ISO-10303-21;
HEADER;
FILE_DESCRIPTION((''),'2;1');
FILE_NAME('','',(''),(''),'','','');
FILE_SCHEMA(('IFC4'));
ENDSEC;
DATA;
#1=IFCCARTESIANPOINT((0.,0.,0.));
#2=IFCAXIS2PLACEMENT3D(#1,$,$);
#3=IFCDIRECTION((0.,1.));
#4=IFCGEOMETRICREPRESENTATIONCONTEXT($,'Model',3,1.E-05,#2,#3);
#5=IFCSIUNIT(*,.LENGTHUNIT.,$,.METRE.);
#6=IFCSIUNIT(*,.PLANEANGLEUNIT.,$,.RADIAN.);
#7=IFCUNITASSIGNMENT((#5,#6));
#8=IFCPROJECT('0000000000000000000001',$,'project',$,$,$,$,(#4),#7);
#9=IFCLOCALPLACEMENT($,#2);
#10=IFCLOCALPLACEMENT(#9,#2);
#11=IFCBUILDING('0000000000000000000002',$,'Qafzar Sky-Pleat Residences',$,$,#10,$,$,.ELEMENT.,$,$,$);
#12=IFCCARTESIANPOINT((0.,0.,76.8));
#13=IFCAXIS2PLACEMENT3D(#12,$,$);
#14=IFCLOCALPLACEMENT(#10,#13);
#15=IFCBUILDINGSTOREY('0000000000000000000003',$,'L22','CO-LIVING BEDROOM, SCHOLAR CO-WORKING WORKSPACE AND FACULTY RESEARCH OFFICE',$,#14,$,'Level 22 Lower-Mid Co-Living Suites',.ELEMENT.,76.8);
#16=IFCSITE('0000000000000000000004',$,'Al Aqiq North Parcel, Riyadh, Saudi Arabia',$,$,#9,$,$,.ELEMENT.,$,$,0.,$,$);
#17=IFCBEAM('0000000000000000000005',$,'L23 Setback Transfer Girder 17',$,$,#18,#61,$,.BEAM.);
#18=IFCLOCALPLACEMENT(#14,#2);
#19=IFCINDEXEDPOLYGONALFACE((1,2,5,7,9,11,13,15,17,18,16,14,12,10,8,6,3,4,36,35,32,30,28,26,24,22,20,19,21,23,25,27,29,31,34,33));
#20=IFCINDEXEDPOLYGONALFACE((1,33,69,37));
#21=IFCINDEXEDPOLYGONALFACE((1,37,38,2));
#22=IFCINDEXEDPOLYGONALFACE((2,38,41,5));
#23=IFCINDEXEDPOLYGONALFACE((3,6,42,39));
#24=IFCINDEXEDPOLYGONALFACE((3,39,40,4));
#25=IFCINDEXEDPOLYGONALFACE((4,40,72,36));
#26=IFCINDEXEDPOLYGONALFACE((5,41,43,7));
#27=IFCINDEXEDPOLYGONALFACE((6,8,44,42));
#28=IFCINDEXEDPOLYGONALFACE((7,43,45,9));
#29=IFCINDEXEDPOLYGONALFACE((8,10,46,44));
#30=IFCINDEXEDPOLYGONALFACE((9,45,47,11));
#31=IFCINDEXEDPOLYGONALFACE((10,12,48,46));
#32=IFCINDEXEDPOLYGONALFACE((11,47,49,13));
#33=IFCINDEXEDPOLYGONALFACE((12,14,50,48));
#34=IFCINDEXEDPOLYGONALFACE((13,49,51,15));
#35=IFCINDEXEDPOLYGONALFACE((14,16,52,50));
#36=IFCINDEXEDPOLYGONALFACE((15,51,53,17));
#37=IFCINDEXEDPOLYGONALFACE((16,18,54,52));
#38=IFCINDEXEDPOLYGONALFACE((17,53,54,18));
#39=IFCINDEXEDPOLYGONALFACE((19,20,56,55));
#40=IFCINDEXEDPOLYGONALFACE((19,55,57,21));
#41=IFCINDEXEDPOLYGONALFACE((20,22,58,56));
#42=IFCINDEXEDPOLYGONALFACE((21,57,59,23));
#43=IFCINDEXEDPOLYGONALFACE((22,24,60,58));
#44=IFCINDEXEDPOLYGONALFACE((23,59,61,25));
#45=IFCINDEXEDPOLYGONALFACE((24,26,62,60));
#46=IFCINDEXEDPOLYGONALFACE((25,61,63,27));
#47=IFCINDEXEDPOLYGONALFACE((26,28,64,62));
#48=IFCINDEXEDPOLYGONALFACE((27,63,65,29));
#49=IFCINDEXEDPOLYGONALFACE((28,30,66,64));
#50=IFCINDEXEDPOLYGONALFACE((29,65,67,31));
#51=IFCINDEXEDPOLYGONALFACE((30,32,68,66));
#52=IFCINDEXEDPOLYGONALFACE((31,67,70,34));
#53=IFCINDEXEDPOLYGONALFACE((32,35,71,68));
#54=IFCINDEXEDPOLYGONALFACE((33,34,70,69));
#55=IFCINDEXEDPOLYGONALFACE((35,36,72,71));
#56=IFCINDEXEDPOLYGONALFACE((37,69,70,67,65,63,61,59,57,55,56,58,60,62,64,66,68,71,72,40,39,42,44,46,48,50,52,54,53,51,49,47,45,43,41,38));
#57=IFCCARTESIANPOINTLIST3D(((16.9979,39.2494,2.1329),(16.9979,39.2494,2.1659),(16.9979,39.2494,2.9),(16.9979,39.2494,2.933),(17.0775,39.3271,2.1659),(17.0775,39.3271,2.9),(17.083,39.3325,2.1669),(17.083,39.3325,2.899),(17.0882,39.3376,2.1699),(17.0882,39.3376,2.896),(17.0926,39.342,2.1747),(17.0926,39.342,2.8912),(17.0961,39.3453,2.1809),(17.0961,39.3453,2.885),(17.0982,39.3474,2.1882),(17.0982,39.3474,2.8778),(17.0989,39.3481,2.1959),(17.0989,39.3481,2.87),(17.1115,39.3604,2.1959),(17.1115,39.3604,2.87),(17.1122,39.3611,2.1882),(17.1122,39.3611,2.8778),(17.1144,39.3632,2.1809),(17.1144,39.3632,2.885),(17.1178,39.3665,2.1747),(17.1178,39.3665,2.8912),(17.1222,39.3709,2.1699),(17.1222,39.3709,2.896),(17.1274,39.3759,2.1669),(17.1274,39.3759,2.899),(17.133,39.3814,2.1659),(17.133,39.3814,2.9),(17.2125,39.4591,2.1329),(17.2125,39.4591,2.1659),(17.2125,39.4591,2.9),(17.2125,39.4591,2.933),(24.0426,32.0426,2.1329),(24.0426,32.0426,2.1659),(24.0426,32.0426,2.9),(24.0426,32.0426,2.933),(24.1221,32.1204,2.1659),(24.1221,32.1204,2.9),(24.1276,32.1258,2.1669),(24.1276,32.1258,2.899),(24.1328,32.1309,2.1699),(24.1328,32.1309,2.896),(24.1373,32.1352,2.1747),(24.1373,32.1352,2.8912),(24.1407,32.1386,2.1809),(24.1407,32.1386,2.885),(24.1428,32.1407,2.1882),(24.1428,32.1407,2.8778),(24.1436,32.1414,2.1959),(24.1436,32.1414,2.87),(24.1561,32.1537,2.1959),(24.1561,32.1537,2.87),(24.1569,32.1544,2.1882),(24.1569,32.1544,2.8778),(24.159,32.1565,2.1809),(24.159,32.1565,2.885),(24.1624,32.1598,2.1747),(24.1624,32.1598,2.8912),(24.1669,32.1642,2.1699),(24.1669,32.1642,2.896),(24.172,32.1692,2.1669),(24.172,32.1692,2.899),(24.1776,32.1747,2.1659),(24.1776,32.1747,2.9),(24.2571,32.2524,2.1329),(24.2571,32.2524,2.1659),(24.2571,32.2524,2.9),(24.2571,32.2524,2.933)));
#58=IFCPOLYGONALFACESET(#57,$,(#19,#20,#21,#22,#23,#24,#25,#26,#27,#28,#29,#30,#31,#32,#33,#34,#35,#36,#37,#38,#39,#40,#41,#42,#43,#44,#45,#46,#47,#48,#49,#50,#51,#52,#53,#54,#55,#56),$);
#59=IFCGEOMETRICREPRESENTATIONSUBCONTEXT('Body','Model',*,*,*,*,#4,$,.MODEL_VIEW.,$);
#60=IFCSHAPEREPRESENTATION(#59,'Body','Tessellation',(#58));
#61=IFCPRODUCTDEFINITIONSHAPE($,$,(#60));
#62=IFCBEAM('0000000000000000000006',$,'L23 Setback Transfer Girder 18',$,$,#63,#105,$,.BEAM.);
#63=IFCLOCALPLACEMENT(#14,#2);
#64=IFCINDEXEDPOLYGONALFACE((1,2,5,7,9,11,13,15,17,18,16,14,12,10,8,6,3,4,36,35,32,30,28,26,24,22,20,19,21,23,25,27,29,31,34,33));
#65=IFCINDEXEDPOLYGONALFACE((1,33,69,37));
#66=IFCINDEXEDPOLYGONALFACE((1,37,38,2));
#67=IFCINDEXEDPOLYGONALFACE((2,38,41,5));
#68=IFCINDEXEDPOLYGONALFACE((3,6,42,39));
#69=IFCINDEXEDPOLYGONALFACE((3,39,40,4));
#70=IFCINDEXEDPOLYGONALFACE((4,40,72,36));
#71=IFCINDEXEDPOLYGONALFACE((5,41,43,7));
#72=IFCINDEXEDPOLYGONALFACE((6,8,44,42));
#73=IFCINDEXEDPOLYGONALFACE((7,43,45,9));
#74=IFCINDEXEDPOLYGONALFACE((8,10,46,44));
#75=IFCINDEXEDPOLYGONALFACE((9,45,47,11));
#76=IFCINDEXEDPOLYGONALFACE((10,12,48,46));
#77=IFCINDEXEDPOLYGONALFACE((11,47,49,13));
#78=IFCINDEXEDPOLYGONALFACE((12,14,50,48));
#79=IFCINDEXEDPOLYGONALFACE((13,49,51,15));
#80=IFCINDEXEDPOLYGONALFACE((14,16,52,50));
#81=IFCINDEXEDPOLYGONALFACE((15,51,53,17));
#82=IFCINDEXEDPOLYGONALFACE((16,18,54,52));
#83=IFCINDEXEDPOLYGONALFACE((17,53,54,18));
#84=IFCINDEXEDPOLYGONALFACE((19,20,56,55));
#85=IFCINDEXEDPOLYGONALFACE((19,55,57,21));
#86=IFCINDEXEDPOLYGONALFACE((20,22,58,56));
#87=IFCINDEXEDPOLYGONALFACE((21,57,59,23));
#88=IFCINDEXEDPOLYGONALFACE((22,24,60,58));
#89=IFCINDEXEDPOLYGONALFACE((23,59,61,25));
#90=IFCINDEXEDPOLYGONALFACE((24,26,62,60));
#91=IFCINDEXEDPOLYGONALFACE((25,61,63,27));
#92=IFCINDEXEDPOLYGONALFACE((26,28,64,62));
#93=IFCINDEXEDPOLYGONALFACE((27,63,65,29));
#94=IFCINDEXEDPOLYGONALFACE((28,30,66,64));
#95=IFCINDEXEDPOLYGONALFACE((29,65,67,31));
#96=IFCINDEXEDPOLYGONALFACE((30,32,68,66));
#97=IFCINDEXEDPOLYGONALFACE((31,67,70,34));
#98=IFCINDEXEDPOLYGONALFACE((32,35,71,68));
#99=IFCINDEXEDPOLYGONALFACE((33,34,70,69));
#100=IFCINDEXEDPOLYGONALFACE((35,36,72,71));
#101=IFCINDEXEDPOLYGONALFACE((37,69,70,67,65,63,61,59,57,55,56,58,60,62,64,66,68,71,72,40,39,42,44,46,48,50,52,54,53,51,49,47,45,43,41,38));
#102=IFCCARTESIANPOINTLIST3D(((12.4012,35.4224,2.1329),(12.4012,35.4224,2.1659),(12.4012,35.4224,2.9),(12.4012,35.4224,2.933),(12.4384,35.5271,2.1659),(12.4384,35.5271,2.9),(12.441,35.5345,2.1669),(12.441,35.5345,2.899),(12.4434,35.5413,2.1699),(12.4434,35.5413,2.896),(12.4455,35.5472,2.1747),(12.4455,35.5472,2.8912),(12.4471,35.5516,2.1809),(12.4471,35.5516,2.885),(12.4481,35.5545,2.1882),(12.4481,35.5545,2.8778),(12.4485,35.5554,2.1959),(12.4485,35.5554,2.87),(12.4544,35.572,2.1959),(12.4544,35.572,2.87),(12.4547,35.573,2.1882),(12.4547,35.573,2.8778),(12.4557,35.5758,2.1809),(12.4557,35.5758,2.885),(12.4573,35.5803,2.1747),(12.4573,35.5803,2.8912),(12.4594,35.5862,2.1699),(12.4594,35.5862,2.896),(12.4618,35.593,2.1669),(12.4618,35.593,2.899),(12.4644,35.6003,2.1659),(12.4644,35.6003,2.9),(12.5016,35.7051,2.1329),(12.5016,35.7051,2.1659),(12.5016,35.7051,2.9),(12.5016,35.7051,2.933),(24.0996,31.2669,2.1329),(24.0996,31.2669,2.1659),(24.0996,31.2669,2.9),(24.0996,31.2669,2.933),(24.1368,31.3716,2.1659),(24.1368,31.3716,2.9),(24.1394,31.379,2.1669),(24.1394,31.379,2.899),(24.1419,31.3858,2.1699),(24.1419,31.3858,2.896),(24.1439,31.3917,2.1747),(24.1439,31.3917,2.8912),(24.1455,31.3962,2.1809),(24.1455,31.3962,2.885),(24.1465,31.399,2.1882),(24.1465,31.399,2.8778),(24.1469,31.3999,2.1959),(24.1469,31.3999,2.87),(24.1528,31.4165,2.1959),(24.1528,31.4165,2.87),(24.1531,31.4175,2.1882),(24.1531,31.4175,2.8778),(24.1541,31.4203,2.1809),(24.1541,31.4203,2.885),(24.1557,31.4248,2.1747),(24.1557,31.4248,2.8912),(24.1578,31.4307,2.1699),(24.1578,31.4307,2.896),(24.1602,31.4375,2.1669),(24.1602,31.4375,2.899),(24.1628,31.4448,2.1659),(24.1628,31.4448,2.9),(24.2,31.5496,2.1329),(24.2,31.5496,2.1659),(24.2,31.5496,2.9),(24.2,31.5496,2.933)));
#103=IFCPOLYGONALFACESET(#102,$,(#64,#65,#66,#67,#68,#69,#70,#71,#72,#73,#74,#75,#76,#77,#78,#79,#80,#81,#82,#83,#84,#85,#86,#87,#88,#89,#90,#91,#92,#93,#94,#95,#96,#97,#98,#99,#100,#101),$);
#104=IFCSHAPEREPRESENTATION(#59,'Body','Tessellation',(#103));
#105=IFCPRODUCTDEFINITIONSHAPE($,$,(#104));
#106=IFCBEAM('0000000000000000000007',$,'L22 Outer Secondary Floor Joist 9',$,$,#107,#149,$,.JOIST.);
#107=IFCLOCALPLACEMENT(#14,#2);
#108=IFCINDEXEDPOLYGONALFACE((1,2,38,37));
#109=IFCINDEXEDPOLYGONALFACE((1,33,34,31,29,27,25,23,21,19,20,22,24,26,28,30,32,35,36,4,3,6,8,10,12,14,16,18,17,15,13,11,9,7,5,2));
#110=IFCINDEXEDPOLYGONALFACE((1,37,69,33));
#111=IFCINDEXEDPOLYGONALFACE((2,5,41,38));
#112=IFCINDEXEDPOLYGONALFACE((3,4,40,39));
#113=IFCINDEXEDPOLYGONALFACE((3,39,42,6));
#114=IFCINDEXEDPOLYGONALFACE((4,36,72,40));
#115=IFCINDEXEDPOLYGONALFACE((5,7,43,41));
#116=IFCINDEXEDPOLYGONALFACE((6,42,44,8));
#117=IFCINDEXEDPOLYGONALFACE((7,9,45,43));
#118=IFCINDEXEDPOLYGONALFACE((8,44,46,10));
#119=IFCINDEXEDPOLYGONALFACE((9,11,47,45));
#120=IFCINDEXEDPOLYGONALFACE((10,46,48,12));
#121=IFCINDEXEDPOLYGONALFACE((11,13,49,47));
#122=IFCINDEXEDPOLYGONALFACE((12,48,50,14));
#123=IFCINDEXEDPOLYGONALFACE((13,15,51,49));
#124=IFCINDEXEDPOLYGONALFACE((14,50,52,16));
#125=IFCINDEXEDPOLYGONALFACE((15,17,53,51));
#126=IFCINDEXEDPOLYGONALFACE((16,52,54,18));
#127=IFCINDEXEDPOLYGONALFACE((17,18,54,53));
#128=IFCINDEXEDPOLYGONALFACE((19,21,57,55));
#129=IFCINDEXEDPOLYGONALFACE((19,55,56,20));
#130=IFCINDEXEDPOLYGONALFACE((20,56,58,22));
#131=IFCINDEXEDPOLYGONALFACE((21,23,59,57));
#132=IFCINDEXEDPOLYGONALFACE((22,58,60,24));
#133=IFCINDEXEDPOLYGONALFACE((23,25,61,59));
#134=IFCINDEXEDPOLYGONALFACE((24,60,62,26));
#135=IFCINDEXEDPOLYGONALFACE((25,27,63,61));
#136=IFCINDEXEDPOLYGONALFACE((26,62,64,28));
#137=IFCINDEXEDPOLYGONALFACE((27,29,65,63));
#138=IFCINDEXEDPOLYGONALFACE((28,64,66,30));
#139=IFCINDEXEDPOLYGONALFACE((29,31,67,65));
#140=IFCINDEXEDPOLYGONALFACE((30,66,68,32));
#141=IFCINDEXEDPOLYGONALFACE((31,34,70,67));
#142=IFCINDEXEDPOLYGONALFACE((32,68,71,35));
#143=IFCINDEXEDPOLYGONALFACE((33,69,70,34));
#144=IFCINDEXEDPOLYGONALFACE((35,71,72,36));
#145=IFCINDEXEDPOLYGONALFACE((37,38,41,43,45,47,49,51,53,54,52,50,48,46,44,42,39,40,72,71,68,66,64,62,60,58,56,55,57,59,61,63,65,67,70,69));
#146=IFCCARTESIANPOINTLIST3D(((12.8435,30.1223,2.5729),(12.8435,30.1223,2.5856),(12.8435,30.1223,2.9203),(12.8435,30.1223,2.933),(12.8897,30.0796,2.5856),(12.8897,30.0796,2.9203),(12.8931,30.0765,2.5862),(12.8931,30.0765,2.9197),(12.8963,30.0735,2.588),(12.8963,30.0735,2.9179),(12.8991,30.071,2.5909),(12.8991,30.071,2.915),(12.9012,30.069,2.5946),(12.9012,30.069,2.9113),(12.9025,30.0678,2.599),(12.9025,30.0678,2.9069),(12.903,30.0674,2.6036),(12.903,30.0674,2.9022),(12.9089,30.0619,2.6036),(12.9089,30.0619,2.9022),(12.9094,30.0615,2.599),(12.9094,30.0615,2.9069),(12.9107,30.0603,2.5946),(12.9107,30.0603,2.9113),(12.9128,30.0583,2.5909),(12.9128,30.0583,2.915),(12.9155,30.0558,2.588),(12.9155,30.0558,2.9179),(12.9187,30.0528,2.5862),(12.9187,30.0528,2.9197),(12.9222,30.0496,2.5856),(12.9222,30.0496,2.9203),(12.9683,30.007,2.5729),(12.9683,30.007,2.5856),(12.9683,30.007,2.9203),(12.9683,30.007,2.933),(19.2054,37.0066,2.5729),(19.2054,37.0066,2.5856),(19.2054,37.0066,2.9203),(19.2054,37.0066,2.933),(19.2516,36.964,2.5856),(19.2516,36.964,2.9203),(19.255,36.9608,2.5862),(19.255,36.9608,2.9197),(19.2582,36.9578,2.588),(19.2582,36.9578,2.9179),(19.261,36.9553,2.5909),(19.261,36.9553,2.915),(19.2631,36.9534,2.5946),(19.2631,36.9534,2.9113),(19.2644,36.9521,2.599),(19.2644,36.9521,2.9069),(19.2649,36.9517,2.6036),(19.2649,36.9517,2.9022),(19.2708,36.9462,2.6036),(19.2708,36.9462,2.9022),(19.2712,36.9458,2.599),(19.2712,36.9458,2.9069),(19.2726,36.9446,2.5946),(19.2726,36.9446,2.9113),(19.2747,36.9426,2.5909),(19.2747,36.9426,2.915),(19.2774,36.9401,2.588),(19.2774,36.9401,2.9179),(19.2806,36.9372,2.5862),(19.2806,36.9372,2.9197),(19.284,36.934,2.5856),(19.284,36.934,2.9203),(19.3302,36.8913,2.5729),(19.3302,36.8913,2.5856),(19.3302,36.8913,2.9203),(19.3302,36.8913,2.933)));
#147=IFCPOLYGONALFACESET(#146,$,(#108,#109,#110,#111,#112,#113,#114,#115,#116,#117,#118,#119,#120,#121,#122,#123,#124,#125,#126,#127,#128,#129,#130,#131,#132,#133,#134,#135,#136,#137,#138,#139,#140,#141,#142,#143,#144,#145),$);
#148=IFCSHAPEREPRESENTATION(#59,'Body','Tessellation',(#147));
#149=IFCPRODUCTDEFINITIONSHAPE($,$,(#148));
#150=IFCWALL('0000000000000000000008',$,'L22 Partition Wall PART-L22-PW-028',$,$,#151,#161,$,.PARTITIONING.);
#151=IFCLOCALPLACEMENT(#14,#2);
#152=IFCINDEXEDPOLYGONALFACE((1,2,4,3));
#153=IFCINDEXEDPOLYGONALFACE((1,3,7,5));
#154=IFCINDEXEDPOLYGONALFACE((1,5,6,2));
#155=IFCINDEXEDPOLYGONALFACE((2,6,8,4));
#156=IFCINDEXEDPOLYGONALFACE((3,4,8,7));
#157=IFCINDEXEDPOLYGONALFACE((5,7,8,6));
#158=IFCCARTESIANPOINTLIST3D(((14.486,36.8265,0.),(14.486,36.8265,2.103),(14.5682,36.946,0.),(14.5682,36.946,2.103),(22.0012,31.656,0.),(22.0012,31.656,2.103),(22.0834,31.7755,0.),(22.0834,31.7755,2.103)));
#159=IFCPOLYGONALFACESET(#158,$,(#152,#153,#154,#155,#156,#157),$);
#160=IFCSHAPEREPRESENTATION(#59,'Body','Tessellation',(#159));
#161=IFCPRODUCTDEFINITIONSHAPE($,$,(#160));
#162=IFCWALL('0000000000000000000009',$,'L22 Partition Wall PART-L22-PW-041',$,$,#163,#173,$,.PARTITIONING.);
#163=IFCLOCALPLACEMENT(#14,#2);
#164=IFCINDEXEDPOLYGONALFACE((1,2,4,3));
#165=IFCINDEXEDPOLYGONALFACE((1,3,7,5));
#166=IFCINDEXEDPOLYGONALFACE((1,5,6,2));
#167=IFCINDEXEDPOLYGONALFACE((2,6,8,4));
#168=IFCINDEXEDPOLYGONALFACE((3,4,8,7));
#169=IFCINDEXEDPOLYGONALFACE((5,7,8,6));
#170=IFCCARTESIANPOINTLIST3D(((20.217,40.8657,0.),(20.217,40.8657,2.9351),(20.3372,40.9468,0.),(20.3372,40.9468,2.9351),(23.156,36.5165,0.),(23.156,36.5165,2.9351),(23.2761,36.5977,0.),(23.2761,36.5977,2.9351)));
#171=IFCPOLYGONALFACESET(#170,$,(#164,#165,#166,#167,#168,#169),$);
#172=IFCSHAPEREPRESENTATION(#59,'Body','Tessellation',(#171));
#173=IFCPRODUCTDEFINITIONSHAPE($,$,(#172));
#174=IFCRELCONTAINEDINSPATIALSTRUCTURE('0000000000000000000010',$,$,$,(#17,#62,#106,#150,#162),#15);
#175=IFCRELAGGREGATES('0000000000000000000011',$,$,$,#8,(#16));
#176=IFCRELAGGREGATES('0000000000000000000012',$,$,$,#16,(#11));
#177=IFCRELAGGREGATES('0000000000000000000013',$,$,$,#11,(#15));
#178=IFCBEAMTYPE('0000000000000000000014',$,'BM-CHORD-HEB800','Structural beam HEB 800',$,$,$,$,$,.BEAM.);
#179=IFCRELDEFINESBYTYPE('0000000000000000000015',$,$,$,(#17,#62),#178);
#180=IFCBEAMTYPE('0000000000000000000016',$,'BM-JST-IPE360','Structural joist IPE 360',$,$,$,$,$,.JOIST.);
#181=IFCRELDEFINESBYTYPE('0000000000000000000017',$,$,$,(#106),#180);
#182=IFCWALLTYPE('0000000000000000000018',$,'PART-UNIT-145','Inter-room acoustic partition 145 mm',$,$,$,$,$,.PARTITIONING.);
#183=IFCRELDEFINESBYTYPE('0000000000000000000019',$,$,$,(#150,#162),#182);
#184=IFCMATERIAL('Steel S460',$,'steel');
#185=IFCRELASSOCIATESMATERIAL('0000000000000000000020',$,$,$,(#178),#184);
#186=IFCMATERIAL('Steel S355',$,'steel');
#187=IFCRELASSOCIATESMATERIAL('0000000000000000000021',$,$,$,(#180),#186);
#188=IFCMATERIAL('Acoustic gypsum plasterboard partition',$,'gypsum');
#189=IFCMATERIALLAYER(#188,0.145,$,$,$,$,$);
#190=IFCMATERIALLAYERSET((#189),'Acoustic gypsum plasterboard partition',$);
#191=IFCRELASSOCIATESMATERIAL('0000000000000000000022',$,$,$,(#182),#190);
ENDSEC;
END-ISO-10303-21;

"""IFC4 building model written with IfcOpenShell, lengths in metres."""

from ifc_helpers import new_model, si_unit, direction, frame, frame_2d, origin, origin_2d, place, context, subcontext, project, spatial, rectangle, i_section, extrude, source, transform, mapped, material, layer, layer_set, material_profile, profile_set, type_object, element, save


model = new_model("IFC4")

# Units and contexts
model_context = context("Model", 3, precision=1e-05, world=origin(), true_north=direction((0.0, 1.0)))
body_context = subcontext(model_context, "Body", "Model", "MODEL_VIEW")
ifc_project = project(units=[si_unit("LENGTHUNIT", "METRE"), si_unit("PLANEANGLEUNIT", "RADIAN")], contexts=[model_context])

# Site, building, storey
site_placement = place(None, origin())
site = spatial("IfcSite", under=ifc_project, at=site_placement, Name="Al Aqiq North Parcel, Riyadh, Saudi Arabia", CompositionType="ELEMENT", RefElevation=0.0)
building_placement = place(site_placement, origin())
building = spatial("IfcBuilding", under=site, at=building_placement, Name="Qafzar Sky-Pleat Residences", CompositionType="ELEMENT")
storey_placement = place(building_placement, frame((0.0, 0.0, 76.8)))
storey = spatial("IfcBuildingStorey", under=building, at=storey_placement, Name="L22", Description="CO-LIVING BEDROOM, SCHOLAR CO-WORKING WORKSPACE AND FACULTY RESEARCH OFFICE", LongName="Level 22 Lower-Mid Co-Living Suites", CompositionType="ELEMENT", Elevation=76.8)

# Shared definitions
ifc_material_1 = material(Name="Steel S460", Category="steel")

# Beams
ifc_material_2 = material(Name="Steel S355", Category="steel")
ifc_material_profile_1 = material_profile(ifc_material_1, i_section(OverallWidth=0.3, OverallDepth=0.8, WebThickness=0.0176, FlangeThickness=0.033, FilletRadius=0.03, at=origin_2d()), Name="HEB 800")
ifc_profile_set_1 = profile_set([ifc_material_profile_1], Name="Steel S460")
beam_type_1 = type_object("IfcBeamType", Name="BM-CHORD-HEB800", Description="Structural beam HEB 800", PredefinedType="BEAM", material=ifc_profile_set_1)
shared_shape_1 = source(origin(), body_context, "Body", "SweptSolid", [
    extrude(i_section(OverallWidth=0.3, OverallDepth=0.8, WebThickness=0.0176, FlangeThickness=0.033, FilletRadius=0.03, at=origin_2d()), origin(), (0.0, 0.0, 1.0), 10.0779),
])
beam_1_placement = place(storey_placement, frame((17.1052, 39.3542, 2.533), z_axis=(0.699018, -0.715104, 0.0), x_axis=(0.715104, 0.699018, 0.0)))
element("IfcBeam", 1, at=beam_1_placement, inside=storey, type_object=beam_type_1, Name="L23 Setback Transfer Girder 17", PredefinedType="BEAM", context=body_context, shape_type="MappedRepresentation", body=[
    mapped(shared_shape_1, transform((0.0, 0.0, 0.0), x_axis=(1.0, 0.0, 0.0), y_axis=(0.0, 1.0, 0.0), z_axis=(0.0, 0.0, 1.0), scale=1.0)),
])
shared_shape_2 = source(origin(), body_context, "Body", "SweptSolid", [
    extrude(i_section(OverallWidth=0.3, OverallDepth=0.8, WebThickness=0.0176, FlangeThickness=0.033, FilletRadius=0.03, at=origin_2d()), origin(), (0.0, 0.0, 1.0), 12.4146),
])
beam_2_placement = place(storey_placement, frame((12.4514, 35.5637, 2.533), z_axis=(0.942315, -0.334728, 0.0), x_axis=(0.334728, 0.942315, 0.0)))
element("IfcBeam", 2, at=beam_2_placement, inside=storey, type_object=beam_type_1, Name="L23 Setback Transfer Girder 18", PredefinedType="BEAM", context=body_context, shape_type="MappedRepresentation", body=[
    mapped(shared_shape_2, transform((0.0, 0.0, 0.0), x_axis=(1.0, 0.0, 0.0), y_axis=(0.0, 1.0, 0.0), z_axis=(0.0, 0.0, 1.0), scale=1.0)),
])
ifc_material_profile_2 = material_profile(ifc_material_2, i_section(OverallWidth=0.1699, OverallDepth=0.3601, WebThickness=0.0081, FlangeThickness=0.0127, FilletRadius=0.0181, at=origin_2d()), Name="IPE 360")
ifc_profile_set_2 = profile_set([ifc_material_profile_2], Name="Steel S355")
beam_type_2 = type_object("IfcBeamType", Name="BM-JST-IPE360", Description="Structural joist IPE 360", PredefinedType="JOIST", material=ifc_profile_set_2)
shared_shape_3 = source(origin(), body_context, "Body", "SweptSolid", [
    extrude(i_section(OverallWidth=0.1699, OverallDepth=0.3601, WebThickness=0.0081, FlangeThickness=0.0127, FilletRadius=0.0181, at=origin_2d()), origin(), (0.0, 0.0, 1.0), 9.3738),
])
beam_3_placement = place(storey_placement, frame((19.2678, 36.949, 2.7529), z_axis=(-0.678689, -0.734426, 0.0), x_axis=(0.734426, -0.678689, 0.0)))
element("IfcBeam", 3, at=beam_3_placement, inside=storey, type_object=beam_type_2, Name="L22 Outer Secondary Floor Joist 9", PredefinedType="JOIST", context=body_context, shape_type="MappedRepresentation", body=[
    mapped(shared_shape_3, transform((0.0, 0.0, 0.0), x_axis=(1.0, 0.0, 0.0), y_axis=(0.0, 1.0, 0.0), z_axis=(0.0, 0.0, 1.0), scale=1.0)),
])

# Walls
ifc_material_3 = material(Name="Acoustic gypsum plasterboard partition", Category="gypsum")
ifc_layer_1 = layer(ifc_material_3, 0.145)
ifc_layer_set_1 = layer_set([ifc_layer_1], Name="Acoustic gypsum plasterboard partition")
wall_type_1 = type_object("IfcWallType", Name="PART-UNIT-145", Description="Inter-room acoustic partition 145 mm", PredefinedType="PARTITIONING", material=ifc_layer_set_1)
wall_1_placement = place(storey_placement, frame((14.5271, 36.8862, 0.0), z_axis=(0.0, 0.0, 1.0), x_axis=(0.82385, -0.566808, 0.0)))
element("IfcWall", 4, at=wall_1_placement, inside=storey, type_object=wall_type_1, Name="L22 Partition Wall PART-L22-PW-028", PredefinedType="PARTITIONING", context=body_context, shape_type="SweptSolid", body=[
    extrude(rectangle(XDim=9.1221, YDim=0.145, at=frame_2d((4.561, 0.0))), origin(), (0.0, 0.0, 1.0), 2.103),
])
wall_2_placement = place(storey_placement, frame((20.2771, 40.9062, 0.0), z_axis=(0.0, 0.0, 1.0), x_axis=(0.559906, -0.828556, 0.0)))
element("IfcWall", 5, at=wall_2_placement, inside=storey, type_object=wall_type_1, Name="L22 Partition Wall PART-L22-PW-041", PredefinedType="PARTITIONING", context=body_context, shape_type="SweptSolid", body=[
    extrude(rectangle(XDim=5.249, YDim=0.145, at=frame_2d((2.6245, 0.0))), origin(), (0.0, 0.0, 1.0), 2.9351),
])

save(model, "model.ifc")
